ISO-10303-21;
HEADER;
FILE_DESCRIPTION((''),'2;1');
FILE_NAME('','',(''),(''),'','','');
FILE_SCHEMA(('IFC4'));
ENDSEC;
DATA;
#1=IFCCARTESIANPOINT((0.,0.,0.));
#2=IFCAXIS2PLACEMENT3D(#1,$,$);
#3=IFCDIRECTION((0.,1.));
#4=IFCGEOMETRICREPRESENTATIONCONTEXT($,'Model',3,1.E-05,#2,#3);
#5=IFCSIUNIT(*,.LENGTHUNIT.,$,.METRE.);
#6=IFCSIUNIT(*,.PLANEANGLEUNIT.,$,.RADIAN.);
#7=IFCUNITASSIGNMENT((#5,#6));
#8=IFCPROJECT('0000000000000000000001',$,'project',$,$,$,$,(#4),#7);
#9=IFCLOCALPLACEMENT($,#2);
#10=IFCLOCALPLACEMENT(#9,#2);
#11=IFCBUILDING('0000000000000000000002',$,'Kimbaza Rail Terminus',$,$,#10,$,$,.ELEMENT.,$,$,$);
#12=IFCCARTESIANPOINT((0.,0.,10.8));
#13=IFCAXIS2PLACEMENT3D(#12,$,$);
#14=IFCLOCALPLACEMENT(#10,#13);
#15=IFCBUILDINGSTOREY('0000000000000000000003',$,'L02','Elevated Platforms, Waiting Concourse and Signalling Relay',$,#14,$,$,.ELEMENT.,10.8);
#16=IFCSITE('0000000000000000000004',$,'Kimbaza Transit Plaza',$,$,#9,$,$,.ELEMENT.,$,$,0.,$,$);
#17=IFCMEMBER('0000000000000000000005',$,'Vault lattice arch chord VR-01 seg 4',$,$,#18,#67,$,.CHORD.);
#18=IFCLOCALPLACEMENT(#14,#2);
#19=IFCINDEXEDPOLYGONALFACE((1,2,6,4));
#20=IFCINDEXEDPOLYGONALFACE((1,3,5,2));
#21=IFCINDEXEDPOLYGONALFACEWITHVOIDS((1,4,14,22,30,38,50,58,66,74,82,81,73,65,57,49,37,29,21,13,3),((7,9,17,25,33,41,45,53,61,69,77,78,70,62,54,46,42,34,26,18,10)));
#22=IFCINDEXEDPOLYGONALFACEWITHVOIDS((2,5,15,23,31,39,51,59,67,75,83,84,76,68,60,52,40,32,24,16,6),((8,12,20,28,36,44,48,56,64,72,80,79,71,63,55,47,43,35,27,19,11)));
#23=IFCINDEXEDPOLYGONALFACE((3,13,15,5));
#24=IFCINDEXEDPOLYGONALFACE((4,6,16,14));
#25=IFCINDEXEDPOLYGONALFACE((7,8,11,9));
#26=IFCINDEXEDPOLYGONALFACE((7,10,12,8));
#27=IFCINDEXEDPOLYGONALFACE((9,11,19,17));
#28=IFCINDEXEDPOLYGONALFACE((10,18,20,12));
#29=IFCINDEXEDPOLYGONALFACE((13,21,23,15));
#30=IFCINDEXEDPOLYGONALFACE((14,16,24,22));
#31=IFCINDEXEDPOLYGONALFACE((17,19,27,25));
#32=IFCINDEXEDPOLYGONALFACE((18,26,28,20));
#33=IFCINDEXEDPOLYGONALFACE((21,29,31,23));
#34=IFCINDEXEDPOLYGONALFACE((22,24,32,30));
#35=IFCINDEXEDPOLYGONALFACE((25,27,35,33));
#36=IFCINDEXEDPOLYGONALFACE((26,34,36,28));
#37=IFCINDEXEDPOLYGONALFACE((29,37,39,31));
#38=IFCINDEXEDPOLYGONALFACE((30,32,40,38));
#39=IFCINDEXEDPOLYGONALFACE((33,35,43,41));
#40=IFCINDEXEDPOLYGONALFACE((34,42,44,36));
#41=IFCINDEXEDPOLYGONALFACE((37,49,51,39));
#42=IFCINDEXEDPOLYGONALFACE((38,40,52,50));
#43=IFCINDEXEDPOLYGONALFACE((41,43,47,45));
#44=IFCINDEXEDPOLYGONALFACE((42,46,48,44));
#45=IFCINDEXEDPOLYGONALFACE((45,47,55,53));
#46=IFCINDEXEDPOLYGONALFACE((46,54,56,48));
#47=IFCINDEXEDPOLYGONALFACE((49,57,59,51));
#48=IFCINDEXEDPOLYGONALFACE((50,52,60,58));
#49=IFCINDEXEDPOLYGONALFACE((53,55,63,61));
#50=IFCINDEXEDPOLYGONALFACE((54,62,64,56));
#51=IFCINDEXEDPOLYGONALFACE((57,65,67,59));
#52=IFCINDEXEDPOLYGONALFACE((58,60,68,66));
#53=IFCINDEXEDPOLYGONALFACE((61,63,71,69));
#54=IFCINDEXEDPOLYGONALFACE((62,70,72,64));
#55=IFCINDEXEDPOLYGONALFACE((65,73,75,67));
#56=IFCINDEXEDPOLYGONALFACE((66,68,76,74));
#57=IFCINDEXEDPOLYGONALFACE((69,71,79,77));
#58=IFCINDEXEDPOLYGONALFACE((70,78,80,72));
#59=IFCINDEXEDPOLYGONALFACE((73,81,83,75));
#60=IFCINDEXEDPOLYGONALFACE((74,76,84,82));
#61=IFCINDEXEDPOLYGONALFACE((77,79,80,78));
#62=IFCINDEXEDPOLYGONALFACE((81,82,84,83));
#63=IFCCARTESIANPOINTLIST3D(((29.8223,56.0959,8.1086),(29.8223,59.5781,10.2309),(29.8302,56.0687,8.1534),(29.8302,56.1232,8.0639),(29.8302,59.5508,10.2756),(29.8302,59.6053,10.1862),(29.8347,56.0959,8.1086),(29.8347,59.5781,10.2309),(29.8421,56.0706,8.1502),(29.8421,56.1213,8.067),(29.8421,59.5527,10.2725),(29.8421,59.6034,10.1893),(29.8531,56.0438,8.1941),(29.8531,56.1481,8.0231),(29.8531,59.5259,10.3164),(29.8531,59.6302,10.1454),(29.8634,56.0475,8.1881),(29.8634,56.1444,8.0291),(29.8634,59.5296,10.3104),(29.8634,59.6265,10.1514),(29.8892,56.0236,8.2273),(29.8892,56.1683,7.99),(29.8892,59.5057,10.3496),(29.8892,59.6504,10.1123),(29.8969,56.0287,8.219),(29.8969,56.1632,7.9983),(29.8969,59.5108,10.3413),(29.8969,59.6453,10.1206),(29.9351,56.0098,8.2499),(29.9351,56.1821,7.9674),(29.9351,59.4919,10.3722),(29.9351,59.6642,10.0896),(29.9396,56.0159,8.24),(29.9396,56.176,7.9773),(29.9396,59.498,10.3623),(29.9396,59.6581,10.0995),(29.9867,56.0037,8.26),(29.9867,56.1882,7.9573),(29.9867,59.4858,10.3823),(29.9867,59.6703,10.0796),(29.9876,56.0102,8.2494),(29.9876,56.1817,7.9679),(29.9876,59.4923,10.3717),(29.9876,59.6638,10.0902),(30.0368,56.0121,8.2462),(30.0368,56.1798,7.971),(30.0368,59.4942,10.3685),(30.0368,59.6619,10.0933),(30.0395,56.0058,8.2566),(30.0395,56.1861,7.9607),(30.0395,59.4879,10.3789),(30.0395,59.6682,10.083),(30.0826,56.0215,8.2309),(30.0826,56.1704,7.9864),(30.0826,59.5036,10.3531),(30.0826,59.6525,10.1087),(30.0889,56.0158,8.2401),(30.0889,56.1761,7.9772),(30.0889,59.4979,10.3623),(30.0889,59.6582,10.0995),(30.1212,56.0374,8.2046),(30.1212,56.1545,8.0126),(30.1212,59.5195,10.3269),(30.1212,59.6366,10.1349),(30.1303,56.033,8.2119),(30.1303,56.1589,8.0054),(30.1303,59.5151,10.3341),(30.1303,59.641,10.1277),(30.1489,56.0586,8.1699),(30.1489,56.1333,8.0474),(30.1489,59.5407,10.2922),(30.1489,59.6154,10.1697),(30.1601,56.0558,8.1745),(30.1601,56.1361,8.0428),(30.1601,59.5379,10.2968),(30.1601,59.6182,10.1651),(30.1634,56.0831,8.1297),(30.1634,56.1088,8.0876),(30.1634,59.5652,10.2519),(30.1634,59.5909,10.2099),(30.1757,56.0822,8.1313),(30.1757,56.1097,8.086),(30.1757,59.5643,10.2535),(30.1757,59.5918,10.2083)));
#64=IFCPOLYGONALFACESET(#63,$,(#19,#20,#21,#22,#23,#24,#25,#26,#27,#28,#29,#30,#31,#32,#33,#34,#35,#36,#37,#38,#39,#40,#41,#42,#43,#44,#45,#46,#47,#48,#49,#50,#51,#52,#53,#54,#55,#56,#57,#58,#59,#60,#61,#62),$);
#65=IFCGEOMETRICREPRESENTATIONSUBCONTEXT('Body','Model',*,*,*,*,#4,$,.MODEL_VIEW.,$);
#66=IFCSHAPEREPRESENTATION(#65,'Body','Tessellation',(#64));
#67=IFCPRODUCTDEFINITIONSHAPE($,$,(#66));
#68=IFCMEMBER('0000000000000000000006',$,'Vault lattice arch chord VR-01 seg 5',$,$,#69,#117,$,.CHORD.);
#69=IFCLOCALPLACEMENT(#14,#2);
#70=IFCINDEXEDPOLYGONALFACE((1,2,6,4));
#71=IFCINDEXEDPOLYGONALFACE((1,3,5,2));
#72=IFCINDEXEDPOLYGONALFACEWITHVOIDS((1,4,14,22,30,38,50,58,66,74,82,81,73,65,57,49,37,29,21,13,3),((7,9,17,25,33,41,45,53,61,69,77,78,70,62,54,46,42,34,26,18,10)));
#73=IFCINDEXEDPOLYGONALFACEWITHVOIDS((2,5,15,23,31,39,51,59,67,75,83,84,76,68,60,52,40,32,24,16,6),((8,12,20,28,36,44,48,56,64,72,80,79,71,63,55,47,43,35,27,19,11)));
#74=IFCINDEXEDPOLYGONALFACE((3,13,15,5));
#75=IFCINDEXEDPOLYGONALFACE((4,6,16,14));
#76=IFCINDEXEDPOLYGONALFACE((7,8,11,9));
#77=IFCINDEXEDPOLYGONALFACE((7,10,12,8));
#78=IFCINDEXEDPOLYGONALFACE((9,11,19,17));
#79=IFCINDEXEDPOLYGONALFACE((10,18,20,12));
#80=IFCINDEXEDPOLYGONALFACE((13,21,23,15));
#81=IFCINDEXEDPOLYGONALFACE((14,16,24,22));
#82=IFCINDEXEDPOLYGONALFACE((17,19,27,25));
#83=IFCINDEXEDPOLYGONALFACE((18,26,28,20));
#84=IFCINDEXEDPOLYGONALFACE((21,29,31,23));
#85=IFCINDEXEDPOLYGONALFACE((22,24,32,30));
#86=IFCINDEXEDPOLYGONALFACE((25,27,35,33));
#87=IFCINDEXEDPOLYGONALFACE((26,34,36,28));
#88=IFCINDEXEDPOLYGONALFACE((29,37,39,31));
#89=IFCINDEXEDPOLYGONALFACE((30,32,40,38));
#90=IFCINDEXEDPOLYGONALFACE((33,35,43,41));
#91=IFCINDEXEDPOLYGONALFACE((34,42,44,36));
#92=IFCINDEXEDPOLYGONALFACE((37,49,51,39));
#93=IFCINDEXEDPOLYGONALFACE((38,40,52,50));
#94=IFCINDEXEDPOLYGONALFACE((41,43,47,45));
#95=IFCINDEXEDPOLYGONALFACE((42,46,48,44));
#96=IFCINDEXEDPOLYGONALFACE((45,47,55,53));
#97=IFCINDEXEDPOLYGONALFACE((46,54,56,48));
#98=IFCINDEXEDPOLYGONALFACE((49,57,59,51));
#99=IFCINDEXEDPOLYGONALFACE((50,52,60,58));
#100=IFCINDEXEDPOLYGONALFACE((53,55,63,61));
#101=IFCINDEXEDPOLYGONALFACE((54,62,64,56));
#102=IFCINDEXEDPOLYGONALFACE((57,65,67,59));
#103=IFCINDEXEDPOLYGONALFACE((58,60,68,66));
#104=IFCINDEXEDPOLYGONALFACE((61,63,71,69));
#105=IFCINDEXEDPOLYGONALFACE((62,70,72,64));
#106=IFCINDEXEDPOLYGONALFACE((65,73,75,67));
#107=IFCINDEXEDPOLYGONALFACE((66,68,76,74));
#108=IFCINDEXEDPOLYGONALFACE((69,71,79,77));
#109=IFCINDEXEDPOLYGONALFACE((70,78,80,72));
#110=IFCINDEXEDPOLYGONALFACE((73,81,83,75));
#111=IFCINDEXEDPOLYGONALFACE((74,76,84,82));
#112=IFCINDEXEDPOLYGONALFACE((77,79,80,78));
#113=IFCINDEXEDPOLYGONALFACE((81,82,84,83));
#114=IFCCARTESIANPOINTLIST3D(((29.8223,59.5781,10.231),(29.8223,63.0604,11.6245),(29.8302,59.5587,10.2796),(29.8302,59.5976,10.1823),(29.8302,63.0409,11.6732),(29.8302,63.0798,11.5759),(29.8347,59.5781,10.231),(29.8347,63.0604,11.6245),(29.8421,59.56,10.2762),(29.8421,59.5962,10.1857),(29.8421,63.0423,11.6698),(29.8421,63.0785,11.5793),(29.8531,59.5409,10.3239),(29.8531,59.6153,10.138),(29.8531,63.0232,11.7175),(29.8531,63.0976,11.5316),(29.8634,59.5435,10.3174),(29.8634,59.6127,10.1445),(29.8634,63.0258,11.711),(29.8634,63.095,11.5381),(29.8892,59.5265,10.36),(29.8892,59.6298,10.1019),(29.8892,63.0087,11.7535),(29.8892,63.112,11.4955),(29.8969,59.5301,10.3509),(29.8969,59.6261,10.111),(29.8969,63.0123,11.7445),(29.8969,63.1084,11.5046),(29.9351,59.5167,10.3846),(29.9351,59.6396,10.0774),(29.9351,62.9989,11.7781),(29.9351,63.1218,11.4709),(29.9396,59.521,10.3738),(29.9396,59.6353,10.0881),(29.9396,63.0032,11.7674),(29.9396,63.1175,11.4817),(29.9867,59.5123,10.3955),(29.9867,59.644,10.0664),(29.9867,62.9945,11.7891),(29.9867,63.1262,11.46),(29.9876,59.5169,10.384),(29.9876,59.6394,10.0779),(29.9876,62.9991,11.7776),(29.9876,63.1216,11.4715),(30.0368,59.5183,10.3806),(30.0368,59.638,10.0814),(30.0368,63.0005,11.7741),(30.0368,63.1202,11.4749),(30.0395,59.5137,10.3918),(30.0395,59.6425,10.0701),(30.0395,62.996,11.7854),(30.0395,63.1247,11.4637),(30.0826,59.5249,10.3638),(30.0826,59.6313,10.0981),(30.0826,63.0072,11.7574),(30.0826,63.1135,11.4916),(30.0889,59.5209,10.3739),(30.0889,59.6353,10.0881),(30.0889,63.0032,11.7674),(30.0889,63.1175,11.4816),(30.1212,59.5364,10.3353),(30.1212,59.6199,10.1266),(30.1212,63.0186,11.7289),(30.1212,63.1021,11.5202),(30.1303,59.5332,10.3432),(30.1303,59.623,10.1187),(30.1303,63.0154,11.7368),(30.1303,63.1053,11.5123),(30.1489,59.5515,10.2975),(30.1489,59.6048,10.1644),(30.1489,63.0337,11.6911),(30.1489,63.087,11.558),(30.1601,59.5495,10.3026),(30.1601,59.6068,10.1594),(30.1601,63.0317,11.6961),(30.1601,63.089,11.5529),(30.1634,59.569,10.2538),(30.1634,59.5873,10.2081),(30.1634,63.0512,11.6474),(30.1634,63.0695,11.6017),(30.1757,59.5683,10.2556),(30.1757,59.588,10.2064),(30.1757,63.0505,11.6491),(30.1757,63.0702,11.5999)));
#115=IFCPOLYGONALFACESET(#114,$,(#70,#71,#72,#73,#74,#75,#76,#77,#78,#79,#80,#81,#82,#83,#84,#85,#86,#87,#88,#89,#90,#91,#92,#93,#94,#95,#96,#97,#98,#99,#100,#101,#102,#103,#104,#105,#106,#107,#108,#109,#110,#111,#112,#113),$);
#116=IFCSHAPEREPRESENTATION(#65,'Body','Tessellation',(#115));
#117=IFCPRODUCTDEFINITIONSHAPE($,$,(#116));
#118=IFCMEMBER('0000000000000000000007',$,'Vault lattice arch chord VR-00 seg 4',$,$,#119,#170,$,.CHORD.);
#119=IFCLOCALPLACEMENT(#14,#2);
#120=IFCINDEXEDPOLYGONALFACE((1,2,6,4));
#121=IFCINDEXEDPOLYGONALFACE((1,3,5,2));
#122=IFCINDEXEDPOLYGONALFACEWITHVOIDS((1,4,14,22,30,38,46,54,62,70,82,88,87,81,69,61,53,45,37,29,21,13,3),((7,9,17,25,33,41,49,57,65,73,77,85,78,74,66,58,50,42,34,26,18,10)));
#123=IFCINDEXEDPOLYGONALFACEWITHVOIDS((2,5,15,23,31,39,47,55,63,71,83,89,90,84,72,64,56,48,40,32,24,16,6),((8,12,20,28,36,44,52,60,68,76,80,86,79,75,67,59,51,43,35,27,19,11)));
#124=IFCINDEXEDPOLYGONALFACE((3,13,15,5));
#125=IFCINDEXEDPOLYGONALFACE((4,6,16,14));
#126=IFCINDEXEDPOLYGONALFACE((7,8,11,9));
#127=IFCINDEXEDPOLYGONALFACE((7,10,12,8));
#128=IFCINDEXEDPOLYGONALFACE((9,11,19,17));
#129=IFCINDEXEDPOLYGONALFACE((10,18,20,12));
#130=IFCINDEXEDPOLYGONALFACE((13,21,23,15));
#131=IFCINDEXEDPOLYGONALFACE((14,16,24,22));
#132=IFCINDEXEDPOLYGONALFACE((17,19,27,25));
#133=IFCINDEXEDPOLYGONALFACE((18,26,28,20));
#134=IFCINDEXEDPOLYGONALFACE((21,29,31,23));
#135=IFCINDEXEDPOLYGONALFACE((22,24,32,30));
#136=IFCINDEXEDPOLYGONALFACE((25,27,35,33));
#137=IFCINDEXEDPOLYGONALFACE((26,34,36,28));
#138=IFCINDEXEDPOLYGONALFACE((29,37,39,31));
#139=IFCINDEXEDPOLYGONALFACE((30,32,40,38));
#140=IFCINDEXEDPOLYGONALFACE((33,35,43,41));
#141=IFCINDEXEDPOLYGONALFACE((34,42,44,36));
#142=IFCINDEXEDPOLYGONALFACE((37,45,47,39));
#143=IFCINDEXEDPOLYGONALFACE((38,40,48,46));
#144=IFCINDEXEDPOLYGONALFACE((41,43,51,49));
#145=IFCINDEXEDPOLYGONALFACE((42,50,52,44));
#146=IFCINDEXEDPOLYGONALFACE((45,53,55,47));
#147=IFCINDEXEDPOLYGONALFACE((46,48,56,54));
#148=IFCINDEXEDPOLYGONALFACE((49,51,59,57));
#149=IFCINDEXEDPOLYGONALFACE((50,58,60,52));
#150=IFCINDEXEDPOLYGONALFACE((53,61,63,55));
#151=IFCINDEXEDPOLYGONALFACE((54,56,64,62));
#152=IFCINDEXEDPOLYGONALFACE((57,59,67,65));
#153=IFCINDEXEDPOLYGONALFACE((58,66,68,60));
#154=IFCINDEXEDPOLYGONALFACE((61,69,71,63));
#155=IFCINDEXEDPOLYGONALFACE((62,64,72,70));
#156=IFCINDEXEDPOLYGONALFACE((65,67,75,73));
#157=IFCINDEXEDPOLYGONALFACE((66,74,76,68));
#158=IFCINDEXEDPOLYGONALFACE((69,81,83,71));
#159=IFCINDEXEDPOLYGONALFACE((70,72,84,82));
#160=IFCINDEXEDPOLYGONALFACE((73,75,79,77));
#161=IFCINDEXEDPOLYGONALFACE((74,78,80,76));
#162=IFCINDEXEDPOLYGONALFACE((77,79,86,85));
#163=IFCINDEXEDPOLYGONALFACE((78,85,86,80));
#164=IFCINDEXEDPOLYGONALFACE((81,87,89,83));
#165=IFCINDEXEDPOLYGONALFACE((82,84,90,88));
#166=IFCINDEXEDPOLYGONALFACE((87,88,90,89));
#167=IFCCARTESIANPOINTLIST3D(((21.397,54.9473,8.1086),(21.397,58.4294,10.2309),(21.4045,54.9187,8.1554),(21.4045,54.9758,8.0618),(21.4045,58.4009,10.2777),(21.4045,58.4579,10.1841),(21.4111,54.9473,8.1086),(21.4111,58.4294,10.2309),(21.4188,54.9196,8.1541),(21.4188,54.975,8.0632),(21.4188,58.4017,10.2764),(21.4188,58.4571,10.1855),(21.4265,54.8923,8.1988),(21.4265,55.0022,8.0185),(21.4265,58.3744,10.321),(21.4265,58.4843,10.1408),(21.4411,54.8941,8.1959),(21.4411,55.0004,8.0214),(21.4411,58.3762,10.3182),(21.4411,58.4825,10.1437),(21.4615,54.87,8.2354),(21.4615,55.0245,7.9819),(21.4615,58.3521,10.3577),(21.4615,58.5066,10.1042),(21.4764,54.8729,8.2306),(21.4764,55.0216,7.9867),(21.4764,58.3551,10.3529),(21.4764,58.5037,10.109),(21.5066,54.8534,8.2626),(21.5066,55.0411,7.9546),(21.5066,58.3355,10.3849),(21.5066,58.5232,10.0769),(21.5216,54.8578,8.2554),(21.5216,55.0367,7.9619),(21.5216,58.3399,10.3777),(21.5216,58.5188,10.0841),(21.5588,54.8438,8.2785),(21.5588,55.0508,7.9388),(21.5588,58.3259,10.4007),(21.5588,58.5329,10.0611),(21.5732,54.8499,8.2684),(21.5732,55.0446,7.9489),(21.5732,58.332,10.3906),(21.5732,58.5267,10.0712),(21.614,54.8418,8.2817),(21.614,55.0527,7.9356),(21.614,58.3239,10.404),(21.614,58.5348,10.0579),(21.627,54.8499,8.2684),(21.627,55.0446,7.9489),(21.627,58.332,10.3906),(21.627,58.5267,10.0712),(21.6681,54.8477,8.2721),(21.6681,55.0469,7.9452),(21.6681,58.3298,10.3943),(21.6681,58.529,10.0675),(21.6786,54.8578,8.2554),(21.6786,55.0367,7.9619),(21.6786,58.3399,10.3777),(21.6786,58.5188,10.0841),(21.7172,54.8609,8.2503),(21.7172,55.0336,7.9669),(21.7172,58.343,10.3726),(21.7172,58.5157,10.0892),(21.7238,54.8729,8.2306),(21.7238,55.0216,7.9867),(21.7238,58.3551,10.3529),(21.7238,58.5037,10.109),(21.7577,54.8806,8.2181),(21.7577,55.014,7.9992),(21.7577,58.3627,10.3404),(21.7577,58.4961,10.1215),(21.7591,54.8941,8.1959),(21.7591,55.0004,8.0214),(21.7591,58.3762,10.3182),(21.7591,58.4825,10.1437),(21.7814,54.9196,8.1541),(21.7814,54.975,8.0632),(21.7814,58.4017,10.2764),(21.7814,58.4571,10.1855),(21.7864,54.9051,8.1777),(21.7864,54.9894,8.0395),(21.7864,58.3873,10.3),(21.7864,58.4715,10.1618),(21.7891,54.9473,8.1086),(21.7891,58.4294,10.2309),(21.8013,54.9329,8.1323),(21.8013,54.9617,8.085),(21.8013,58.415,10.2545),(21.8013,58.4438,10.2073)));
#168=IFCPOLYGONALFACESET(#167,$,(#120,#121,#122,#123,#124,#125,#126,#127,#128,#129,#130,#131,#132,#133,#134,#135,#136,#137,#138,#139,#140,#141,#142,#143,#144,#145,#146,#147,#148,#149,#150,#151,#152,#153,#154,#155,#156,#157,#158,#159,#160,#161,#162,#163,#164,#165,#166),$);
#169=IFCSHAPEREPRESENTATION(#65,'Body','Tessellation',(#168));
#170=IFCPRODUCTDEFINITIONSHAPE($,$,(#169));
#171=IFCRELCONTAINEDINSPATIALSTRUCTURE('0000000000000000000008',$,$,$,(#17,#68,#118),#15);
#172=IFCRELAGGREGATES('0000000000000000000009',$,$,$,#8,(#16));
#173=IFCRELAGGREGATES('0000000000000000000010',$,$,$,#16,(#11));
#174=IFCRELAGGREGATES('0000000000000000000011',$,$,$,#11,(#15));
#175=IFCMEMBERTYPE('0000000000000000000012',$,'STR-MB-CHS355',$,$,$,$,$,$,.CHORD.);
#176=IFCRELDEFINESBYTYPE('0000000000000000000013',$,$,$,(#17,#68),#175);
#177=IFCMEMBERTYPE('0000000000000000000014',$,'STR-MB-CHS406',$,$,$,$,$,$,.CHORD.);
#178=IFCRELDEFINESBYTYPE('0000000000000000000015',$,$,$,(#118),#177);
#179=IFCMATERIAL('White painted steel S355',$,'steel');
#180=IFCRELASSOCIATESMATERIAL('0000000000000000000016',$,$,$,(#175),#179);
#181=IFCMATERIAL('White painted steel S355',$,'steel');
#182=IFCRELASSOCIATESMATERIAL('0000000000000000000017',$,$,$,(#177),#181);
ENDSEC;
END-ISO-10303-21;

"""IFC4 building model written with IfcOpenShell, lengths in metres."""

from ifc_helpers import new_model, si_unit, direction, frame, origin, origin_2d, place, context, subcontext, project, spatial, hollow_circle, extrude, material, material_profile, profile_set, type_object, element, save


model = new_model("IFC4")

# Units and contexts
model_context = context("Model", 3, precision=1e-05, world=origin(), true_north=direction((0.0, 1.0)))
body_context = subcontext(model_context, "Body", "Model", "MODEL_VIEW")
ifc_project = project(units=[si_unit("LENGTHUNIT", "METRE"), si_unit("PLANEANGLEUNIT", "RADIAN")], contexts=[model_context])

# Site, building, storey
site_placement = place(None, origin())
site = spatial("IfcSite", under=ifc_project, at=site_placement, Name="Kimbaza Transit Plaza", CompositionType="ELEMENT", RefElevation=0.0)
building_placement = place(site_placement, origin())
building = spatial("IfcBuilding", under=site, at=building_placement, Name="Kimbaza Rail Terminus", CompositionType="ELEMENT")
storey_placement = place(building_placement, frame((0.0, 0.0, 10.8)))
storey = spatial("IfcBuildingStorey", under=building, at=storey_placement, Name="L02", Description="Elevated Platforms, Waiting Concourse and Signalling Relay", CompositionType="ELEMENT", Elevation=10.8)

# Members
ifc_material_1 = material(Name="White painted steel S355", Category="steel")
ifc_material_profile_1 = material_profile(ifc_material_1, hollow_circle(Radius=0.1777, WallThickness=0.0125, at=origin_2d()), Name="CHS 355.6x12.5")
ifc_profile_set_1 = profile_set([ifc_material_profile_1], Name="White painted steel S355")
member_type_1 = type_object("IfcMemberType", Name="STR-MB-CHS355", PredefinedType="CHORD", material=ifc_profile_set_1)
member_1_placement = place(storey_placement, frame((30.0, 56.0959, 8.1086), z_axis=(0.0, 0.853901, 0.520435), x_axis=(-1.0, 0.0, 0.0)))
element("IfcMember", 1, at=member_1_placement, inside=storey, type_object=member_type_1, Name="Vault lattice arch chord VR-01 seg 4", PredefinedType="CHORD", context=body_context, shape_type="SweptSolid", body=[
    extrude(hollow_circle(Radius=0.1777, WallThickness=0.0125, at=origin_2d()), origin(), (0.0, 0.0, 1.0), 4.0779),
])
member_2_placement = place(storey_placement, frame((30.0, 59.5781, 10.231), z_axis=(0.0, 0.928414, 0.371548), x_axis=(-1.0, 0.0, 0.0)))
element("IfcMember", 2, at=member_2_placement, inside=storey, type_object=member_type_1, Name="Vault lattice arch chord VR-01 seg 5", PredefinedType="CHORD", context=body_context, shape_type="SweptSolid", body=[
    extrude(hollow_circle(Radius=0.1777, WallThickness=0.0125, at=origin_2d()), origin(), (0.0, 0.0, 1.0), 3.7507),
])
ifc_material_2 = material(Name="White painted steel S355", Category="steel")
ifc_material_profile_2 = material_profile(ifc_material_2, hollow_circle(Radius=0.2031, WallThickness=0.0142, at=origin_2d()), Name="CHS 406.4x14.2")
ifc_profile_set_2 = profile_set([ifc_material_profile_2], Name="White painted steel S355")
member_type_2 = type_object("IfcMemberType", Name="STR-MB-CHS406", PredefinedType="CHORD", material=ifc_profile_set_2)
member_3_placement = place(storey_placement, frame((21.6001, 54.9473, 8.1086), z_axis=(0.0, 0.853901, 0.520435), x_axis=(-1.0, 0.0, 0.0)))
element("IfcMember", 3, at=member_3_placement, inside=storey, type_object=member_type_2, Name="Vault lattice arch chord VR-00 seg 4", PredefinedType="CHORD", context=body_context, shape_type="SweptSolid", body=[
    extrude(hollow_circle(Radius=0.2031, WallThickness=0.0142, at=origin_2d()), origin(), (0.0, 0.0, 1.0), 4.0779),
])

save(model, "model.ifc")
